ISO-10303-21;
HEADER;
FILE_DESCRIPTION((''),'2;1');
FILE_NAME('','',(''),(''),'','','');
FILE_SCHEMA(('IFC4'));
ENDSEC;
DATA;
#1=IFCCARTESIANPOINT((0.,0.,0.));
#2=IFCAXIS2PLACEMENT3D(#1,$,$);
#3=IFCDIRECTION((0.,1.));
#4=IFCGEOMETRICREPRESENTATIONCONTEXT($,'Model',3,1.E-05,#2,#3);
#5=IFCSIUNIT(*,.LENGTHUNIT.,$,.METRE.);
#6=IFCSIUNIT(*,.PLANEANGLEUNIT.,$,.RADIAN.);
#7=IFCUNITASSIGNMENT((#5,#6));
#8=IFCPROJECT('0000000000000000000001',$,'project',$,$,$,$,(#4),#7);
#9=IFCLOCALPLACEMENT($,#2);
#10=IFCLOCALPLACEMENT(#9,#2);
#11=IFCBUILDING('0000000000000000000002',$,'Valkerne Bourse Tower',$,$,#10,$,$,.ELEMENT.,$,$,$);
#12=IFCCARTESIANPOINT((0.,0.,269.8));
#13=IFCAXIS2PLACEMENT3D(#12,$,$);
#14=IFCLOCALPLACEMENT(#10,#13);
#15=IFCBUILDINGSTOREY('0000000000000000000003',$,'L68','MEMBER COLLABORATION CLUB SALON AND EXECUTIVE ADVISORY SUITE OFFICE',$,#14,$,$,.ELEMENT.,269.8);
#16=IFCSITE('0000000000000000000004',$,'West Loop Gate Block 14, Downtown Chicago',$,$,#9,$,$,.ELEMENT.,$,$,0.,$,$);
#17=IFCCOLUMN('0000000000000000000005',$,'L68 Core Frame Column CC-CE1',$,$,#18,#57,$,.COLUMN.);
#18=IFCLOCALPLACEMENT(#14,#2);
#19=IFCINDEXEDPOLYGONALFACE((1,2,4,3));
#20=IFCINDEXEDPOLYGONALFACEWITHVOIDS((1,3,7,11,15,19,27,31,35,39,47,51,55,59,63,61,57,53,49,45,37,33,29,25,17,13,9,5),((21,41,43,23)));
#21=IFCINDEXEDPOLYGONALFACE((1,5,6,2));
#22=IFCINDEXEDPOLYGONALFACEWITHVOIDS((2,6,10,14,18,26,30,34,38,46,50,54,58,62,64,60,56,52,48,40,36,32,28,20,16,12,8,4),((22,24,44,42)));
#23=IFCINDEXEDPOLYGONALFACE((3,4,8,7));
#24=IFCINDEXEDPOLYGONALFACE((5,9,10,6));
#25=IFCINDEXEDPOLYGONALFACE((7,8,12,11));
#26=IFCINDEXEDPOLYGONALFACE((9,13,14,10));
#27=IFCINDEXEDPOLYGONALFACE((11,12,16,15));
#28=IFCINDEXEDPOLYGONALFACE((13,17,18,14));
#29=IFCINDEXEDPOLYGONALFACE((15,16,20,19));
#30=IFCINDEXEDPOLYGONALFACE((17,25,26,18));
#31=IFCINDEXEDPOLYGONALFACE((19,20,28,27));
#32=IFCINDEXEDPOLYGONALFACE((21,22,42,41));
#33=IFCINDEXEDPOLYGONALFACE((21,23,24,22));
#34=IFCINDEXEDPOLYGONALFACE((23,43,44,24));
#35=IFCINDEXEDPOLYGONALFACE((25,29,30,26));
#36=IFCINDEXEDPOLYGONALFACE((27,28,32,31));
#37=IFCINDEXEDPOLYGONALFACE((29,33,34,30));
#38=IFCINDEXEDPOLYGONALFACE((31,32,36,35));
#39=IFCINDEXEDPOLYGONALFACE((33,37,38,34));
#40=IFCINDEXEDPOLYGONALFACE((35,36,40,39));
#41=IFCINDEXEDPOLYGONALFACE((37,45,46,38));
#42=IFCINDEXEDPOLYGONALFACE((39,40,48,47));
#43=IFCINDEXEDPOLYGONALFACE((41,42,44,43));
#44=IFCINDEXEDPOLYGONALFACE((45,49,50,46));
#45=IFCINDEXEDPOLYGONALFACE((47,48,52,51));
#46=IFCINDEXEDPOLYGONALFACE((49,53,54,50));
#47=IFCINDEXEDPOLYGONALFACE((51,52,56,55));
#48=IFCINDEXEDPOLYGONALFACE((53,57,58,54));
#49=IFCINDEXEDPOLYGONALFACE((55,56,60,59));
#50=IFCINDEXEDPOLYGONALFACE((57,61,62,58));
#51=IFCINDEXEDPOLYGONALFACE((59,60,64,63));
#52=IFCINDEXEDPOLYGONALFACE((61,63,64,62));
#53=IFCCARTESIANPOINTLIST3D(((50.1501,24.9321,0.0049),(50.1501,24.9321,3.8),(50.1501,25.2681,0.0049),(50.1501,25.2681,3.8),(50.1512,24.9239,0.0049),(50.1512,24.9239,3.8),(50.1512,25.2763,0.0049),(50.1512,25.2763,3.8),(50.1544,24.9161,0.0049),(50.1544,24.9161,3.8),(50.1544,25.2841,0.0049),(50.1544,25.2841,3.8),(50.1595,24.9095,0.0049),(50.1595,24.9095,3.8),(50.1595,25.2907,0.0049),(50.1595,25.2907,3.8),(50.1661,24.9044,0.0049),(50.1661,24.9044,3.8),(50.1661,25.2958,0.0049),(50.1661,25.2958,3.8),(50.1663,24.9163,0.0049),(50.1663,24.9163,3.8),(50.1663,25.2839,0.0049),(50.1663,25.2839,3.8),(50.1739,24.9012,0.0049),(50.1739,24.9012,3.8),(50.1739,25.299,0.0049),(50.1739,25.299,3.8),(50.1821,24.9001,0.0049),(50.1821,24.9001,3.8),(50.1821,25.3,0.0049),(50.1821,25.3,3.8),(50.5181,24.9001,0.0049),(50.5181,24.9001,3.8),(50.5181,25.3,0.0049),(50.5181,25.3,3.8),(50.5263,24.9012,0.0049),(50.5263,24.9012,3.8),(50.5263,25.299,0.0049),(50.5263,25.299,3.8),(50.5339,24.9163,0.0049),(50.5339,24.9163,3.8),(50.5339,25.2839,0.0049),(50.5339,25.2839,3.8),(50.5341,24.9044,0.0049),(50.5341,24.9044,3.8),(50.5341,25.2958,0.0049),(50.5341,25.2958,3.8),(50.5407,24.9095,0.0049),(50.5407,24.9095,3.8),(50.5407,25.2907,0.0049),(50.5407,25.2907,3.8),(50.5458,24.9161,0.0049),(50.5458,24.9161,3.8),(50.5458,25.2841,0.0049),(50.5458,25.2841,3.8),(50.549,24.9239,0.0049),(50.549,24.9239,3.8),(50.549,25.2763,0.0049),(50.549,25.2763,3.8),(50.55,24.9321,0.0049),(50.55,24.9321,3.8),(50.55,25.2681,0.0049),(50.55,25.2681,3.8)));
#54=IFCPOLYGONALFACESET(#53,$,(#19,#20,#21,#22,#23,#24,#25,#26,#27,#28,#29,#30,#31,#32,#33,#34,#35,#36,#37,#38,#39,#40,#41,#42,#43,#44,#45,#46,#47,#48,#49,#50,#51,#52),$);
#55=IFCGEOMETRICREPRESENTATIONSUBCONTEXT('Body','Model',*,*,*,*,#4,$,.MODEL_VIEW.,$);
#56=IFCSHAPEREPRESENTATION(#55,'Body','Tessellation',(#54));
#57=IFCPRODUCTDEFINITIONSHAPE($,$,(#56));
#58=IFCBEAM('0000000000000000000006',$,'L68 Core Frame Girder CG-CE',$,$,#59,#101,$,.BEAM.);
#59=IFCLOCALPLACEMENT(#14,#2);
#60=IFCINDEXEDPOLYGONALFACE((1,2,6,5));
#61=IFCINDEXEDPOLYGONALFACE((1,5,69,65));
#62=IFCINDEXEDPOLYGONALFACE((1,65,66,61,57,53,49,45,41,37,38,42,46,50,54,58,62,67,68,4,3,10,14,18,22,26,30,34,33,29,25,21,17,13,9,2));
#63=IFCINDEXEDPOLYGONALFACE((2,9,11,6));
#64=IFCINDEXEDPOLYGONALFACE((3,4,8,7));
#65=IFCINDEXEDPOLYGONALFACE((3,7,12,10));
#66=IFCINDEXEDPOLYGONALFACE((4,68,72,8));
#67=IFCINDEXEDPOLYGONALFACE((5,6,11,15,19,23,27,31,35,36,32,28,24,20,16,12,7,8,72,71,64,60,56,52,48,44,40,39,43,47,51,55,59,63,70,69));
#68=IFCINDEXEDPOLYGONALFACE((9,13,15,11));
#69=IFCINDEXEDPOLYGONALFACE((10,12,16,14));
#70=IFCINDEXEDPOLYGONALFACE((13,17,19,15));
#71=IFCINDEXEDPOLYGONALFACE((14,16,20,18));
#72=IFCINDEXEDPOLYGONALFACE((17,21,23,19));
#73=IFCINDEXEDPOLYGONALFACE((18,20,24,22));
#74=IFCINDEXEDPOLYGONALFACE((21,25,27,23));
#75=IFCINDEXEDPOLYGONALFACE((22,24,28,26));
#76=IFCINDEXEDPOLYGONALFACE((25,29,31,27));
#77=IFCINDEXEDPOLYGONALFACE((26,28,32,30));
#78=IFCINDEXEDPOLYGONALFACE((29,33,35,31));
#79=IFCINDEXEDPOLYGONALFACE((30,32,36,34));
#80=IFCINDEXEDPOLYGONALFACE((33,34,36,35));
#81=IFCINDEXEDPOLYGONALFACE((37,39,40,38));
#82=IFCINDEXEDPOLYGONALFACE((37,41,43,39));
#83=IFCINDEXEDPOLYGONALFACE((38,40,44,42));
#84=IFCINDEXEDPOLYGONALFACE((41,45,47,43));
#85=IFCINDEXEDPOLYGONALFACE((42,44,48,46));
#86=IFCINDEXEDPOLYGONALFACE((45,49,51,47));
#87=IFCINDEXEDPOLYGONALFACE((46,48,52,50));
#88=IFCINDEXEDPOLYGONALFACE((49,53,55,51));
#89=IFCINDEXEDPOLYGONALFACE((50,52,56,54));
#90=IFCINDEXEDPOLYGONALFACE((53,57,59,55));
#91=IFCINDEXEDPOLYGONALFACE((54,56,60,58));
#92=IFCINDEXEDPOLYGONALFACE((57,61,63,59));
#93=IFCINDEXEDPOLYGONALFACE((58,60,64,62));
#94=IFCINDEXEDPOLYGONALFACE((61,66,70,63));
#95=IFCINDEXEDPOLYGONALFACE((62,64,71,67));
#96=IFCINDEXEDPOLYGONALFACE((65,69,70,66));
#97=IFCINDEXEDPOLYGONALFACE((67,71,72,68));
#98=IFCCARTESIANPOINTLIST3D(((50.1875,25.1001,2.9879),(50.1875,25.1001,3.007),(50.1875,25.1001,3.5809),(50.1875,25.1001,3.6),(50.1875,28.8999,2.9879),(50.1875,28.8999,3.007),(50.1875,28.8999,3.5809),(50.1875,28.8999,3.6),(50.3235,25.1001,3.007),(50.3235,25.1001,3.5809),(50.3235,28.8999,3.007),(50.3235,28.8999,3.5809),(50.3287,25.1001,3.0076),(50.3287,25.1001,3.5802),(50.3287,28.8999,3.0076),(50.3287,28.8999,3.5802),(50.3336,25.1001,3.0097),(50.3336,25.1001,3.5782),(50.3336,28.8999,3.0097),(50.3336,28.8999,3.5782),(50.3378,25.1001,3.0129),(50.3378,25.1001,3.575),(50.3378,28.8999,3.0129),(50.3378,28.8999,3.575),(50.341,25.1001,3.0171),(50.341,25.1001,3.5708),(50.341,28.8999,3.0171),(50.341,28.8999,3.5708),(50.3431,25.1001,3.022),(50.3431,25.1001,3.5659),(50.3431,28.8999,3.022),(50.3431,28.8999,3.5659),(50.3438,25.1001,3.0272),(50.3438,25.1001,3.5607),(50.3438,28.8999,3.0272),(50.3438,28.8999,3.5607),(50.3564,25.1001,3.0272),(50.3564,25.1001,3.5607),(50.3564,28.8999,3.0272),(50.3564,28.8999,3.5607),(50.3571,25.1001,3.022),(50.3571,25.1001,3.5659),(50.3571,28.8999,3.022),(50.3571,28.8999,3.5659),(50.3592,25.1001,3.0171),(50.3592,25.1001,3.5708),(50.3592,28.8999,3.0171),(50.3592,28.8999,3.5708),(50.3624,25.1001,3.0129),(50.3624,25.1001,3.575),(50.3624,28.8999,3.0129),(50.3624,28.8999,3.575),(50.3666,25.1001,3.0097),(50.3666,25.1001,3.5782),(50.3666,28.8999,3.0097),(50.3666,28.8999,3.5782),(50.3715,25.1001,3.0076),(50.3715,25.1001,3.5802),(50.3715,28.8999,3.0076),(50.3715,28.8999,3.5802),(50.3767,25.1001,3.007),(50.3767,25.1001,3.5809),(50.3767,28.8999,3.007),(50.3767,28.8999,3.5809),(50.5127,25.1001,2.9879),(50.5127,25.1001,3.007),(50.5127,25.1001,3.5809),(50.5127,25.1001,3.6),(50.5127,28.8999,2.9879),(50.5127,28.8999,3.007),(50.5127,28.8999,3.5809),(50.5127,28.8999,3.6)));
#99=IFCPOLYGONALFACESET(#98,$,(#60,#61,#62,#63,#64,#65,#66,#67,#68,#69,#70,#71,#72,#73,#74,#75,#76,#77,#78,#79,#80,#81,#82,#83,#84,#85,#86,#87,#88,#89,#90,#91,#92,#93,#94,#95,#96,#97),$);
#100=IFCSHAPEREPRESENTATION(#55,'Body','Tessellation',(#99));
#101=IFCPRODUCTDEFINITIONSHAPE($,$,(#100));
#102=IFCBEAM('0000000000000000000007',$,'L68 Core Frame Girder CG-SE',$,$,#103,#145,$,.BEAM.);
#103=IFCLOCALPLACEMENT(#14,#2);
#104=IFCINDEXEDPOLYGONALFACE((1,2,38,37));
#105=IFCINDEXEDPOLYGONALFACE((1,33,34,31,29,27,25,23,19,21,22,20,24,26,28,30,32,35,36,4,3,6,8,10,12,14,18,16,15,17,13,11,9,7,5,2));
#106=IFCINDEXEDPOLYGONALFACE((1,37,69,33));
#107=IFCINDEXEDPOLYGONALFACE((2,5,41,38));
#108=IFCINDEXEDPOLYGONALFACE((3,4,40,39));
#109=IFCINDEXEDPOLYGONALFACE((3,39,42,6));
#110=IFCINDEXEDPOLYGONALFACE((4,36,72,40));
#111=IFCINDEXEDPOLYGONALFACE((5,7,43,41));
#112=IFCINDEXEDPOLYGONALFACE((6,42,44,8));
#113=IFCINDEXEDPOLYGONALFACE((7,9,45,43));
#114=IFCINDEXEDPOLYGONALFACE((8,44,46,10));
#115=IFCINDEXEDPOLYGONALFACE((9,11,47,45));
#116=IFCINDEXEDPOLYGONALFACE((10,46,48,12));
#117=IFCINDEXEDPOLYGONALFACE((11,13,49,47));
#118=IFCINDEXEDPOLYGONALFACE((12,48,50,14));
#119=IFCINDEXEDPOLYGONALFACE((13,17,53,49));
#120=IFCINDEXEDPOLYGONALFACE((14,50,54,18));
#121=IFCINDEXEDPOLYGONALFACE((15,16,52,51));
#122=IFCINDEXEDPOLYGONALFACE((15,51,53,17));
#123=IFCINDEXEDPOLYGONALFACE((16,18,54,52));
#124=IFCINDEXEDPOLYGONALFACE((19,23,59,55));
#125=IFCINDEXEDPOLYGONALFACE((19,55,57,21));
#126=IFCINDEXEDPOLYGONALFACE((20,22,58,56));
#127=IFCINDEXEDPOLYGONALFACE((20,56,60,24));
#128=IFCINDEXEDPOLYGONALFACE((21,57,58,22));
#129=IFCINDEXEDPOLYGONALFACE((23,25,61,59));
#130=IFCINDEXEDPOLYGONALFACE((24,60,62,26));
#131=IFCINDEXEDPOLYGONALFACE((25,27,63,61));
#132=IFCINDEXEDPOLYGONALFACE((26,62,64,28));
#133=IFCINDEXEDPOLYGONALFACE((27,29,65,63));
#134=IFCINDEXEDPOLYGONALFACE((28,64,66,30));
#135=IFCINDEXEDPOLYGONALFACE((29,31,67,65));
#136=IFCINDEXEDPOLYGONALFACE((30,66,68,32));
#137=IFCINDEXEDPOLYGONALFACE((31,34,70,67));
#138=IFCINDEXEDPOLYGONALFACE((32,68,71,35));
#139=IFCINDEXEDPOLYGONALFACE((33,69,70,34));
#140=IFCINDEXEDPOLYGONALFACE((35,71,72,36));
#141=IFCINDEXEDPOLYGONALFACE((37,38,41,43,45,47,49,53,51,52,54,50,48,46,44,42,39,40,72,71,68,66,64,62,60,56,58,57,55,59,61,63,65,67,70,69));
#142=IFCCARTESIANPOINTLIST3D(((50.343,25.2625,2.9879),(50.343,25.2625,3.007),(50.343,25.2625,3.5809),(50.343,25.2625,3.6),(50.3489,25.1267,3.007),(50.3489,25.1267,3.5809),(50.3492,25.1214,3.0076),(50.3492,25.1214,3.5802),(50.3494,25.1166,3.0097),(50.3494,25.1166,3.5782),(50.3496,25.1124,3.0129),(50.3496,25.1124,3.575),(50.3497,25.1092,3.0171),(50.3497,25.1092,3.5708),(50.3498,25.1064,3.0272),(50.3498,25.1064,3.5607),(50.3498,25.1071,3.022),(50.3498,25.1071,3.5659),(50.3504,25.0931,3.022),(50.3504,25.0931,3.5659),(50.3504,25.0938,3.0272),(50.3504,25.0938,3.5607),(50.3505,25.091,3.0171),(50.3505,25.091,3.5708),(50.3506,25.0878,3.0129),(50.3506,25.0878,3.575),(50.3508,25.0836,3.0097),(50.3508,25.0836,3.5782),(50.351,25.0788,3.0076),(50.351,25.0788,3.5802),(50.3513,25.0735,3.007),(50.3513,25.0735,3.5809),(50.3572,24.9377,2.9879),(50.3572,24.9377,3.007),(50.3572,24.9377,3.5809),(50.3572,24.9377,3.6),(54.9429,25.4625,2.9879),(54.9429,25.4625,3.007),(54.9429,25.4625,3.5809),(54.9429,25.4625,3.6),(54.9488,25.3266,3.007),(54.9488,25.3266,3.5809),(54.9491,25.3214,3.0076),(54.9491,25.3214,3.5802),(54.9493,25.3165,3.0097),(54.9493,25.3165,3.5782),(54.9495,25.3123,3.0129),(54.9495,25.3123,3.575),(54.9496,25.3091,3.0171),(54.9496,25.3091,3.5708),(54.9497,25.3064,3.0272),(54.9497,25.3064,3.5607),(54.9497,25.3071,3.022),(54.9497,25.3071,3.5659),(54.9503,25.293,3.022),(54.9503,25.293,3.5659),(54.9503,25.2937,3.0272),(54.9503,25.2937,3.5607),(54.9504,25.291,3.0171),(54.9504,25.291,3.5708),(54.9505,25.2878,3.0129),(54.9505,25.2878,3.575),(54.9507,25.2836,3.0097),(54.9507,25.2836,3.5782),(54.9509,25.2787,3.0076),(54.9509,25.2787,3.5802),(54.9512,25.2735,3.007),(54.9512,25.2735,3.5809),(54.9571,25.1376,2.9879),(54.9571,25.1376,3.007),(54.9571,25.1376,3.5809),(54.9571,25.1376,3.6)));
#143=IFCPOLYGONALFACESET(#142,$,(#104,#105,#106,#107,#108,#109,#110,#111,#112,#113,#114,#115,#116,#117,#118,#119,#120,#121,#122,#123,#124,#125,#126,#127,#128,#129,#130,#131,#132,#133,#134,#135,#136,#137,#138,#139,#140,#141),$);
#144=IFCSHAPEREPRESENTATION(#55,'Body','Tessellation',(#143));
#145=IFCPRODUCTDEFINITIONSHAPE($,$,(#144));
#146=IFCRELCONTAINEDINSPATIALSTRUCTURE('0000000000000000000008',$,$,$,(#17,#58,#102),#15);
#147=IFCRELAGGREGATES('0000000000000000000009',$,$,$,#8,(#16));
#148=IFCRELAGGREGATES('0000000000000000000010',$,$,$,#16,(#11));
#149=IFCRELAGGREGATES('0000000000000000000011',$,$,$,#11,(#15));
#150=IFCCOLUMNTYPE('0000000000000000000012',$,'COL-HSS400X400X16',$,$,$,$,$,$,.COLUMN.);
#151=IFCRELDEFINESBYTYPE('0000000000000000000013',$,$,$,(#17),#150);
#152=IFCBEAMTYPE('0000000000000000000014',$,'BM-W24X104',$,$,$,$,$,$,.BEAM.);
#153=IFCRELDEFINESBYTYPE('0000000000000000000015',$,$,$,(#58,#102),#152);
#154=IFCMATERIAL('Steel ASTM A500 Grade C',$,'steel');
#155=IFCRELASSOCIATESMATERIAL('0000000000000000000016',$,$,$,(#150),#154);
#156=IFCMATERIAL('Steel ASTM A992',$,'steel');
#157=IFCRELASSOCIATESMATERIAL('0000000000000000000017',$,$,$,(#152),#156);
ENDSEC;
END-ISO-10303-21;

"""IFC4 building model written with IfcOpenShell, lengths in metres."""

from ifc_helpers import new_model, si_unit, direction, frame, origin, origin_2d, place, context, subcontext, project, spatial, hollow_rectangle, i_section, extrude, material, material_profile, profile_set, type_object, element, save


model = new_model("IFC4")

# Units and contexts
model_context = context("Model", 3, precision=1e-05, world=origin(), true_north=direction((0.0, 1.0)))
body_context = subcontext(model_context, "Body", "Model", "MODEL_VIEW")
ifc_project = project(units=[si_unit("LENGTHUNIT", "METRE"), si_unit("PLANEANGLEUNIT", "RADIAN")], contexts=[model_context])

# Site, building, storey
site_placement = place(None, origin())
site = spatial("IfcSite", under=ifc_project, at=site_placement, Name="West Loop Gate Block 14, Downtown Chicago", CompositionType="ELEMENT", RefElevation=0.0)
building_placement = place(site_placement, origin())
building = spatial("IfcBuilding", under=site, at=building_placement, Name="Valkerne Bourse Tower", CompositionType="ELEMENT")
storey_placement = place(building_placement, frame((0.0, 0.0, 269.8)))
storey = spatial("IfcBuildingStorey", under=building, at=storey_placement, Name="L68", Description="MEMBER COLLABORATION CLUB SALON AND EXECUTIVE ADVISORY SUITE OFFICE", CompositionType="ELEMENT", Elevation=269.8)

# Column
ifc_material_1 = material(Name="Steel ASTM A500 Grade C", Category="steel")
ifc_material_profile_1 = material_profile(ifc_material_1, hollow_rectangle(XDim=0.3999, YDim=0.3999, WallThickness=0.0161, OuterFilletRadius=0.032, at=origin_2d()), Name="HSS400X400X16")
ifc_profile_set_1 = profile_set([ifc_material_profile_1], Name="Steel ASTM A500 Grade C")
column_type = type_object("IfcColumnType", Name="COL-HSS400X400X16", PredefinedType="COLUMN", material=ifc_profile_set_1)
column_placement = place(storey_placement, frame((50.3501, 25.1001, 0.0049), z_axis=(0.0, 0.0, 1.0), x_axis=(1.0, 0.0, 0.0)))
element("IfcColumn", 1, at=column_placement, inside=storey, type_object=column_type, Name="L68 Core Frame Column CC-CE1", PredefinedType="COLUMN", context=body_context, shape_type="SweptSolid", body=[
    extrude(hollow_rectangle(XDim=0.3999, YDim=0.3999, WallThickness=0.0161, OuterFilletRadius=0.032, at=origin_2d()), origin(), (0.0, 0.0, 1.0), 3.7952),
])

# Beams
ifc_material_2 = material(Name="Steel ASTM A992", Category="steel")
ifc_material_profile_2 = material_profile(ifc_material_2, i_section(OverallWidth=0.3252, OverallDepth=0.6121, WebThickness=0.0127, FlangeThickness=0.019, FilletRadius=0.0203, at=origin_2d()), Name="W24X104")
ifc_profile_set_2 = profile_set([ifc_material_profile_2], Name="Steel ASTM A992")
beam_type = type_object("IfcBeamType", Name="BM-W24X104", PredefinedType="BEAM", material=ifc_profile_set_2)
beam_1_placement = place(storey_placement, frame((50.3501, 25.1001, 3.2939), z_axis=(0.0, 1.0, 0.0), x_axis=(-1.0, 0.0, 0.0)))
element("IfcBeam", 2, at=beam_1_placement, inside=storey, type_object=beam_type, Name="L68 Core Frame Girder CG-CE", PredefinedType="BEAM", context=body_context, shape_type="SweptSolid", body=[
    extrude(i_section(OverallWidth=0.3252, OverallDepth=0.6121, WebThickness=0.0127, FlangeThickness=0.019, FilletRadius=0.0203, at=origin_2d()), origin(), (0.0, 0.0, 1.0), 3.7998),
])
beam_2_placement = place(storey_placement, frame((50.3501, 25.1001, 3.2939), z_axis=(0.999057, 0.043428, 0.0), x_axis=(-0.043428, 0.999057, 0.0)))
element("IfcBeam", 3, at=beam_2_placement, inside=storey, type_object=beam_type, Name="L68 Core Frame Girder CG-SE", PredefinedType="BEAM", context=body_context, shape_type="SweptSolid", body=[
    extrude(i_section(OverallWidth=0.3252, OverallDepth=0.6121, WebThickness=0.0127, FlangeThickness=0.019, FilletRadius=0.0203, at=origin_2d()), origin(), (0.0, 0.0, 1.0), 4.6042),
])

save(model, "model.ifc")
